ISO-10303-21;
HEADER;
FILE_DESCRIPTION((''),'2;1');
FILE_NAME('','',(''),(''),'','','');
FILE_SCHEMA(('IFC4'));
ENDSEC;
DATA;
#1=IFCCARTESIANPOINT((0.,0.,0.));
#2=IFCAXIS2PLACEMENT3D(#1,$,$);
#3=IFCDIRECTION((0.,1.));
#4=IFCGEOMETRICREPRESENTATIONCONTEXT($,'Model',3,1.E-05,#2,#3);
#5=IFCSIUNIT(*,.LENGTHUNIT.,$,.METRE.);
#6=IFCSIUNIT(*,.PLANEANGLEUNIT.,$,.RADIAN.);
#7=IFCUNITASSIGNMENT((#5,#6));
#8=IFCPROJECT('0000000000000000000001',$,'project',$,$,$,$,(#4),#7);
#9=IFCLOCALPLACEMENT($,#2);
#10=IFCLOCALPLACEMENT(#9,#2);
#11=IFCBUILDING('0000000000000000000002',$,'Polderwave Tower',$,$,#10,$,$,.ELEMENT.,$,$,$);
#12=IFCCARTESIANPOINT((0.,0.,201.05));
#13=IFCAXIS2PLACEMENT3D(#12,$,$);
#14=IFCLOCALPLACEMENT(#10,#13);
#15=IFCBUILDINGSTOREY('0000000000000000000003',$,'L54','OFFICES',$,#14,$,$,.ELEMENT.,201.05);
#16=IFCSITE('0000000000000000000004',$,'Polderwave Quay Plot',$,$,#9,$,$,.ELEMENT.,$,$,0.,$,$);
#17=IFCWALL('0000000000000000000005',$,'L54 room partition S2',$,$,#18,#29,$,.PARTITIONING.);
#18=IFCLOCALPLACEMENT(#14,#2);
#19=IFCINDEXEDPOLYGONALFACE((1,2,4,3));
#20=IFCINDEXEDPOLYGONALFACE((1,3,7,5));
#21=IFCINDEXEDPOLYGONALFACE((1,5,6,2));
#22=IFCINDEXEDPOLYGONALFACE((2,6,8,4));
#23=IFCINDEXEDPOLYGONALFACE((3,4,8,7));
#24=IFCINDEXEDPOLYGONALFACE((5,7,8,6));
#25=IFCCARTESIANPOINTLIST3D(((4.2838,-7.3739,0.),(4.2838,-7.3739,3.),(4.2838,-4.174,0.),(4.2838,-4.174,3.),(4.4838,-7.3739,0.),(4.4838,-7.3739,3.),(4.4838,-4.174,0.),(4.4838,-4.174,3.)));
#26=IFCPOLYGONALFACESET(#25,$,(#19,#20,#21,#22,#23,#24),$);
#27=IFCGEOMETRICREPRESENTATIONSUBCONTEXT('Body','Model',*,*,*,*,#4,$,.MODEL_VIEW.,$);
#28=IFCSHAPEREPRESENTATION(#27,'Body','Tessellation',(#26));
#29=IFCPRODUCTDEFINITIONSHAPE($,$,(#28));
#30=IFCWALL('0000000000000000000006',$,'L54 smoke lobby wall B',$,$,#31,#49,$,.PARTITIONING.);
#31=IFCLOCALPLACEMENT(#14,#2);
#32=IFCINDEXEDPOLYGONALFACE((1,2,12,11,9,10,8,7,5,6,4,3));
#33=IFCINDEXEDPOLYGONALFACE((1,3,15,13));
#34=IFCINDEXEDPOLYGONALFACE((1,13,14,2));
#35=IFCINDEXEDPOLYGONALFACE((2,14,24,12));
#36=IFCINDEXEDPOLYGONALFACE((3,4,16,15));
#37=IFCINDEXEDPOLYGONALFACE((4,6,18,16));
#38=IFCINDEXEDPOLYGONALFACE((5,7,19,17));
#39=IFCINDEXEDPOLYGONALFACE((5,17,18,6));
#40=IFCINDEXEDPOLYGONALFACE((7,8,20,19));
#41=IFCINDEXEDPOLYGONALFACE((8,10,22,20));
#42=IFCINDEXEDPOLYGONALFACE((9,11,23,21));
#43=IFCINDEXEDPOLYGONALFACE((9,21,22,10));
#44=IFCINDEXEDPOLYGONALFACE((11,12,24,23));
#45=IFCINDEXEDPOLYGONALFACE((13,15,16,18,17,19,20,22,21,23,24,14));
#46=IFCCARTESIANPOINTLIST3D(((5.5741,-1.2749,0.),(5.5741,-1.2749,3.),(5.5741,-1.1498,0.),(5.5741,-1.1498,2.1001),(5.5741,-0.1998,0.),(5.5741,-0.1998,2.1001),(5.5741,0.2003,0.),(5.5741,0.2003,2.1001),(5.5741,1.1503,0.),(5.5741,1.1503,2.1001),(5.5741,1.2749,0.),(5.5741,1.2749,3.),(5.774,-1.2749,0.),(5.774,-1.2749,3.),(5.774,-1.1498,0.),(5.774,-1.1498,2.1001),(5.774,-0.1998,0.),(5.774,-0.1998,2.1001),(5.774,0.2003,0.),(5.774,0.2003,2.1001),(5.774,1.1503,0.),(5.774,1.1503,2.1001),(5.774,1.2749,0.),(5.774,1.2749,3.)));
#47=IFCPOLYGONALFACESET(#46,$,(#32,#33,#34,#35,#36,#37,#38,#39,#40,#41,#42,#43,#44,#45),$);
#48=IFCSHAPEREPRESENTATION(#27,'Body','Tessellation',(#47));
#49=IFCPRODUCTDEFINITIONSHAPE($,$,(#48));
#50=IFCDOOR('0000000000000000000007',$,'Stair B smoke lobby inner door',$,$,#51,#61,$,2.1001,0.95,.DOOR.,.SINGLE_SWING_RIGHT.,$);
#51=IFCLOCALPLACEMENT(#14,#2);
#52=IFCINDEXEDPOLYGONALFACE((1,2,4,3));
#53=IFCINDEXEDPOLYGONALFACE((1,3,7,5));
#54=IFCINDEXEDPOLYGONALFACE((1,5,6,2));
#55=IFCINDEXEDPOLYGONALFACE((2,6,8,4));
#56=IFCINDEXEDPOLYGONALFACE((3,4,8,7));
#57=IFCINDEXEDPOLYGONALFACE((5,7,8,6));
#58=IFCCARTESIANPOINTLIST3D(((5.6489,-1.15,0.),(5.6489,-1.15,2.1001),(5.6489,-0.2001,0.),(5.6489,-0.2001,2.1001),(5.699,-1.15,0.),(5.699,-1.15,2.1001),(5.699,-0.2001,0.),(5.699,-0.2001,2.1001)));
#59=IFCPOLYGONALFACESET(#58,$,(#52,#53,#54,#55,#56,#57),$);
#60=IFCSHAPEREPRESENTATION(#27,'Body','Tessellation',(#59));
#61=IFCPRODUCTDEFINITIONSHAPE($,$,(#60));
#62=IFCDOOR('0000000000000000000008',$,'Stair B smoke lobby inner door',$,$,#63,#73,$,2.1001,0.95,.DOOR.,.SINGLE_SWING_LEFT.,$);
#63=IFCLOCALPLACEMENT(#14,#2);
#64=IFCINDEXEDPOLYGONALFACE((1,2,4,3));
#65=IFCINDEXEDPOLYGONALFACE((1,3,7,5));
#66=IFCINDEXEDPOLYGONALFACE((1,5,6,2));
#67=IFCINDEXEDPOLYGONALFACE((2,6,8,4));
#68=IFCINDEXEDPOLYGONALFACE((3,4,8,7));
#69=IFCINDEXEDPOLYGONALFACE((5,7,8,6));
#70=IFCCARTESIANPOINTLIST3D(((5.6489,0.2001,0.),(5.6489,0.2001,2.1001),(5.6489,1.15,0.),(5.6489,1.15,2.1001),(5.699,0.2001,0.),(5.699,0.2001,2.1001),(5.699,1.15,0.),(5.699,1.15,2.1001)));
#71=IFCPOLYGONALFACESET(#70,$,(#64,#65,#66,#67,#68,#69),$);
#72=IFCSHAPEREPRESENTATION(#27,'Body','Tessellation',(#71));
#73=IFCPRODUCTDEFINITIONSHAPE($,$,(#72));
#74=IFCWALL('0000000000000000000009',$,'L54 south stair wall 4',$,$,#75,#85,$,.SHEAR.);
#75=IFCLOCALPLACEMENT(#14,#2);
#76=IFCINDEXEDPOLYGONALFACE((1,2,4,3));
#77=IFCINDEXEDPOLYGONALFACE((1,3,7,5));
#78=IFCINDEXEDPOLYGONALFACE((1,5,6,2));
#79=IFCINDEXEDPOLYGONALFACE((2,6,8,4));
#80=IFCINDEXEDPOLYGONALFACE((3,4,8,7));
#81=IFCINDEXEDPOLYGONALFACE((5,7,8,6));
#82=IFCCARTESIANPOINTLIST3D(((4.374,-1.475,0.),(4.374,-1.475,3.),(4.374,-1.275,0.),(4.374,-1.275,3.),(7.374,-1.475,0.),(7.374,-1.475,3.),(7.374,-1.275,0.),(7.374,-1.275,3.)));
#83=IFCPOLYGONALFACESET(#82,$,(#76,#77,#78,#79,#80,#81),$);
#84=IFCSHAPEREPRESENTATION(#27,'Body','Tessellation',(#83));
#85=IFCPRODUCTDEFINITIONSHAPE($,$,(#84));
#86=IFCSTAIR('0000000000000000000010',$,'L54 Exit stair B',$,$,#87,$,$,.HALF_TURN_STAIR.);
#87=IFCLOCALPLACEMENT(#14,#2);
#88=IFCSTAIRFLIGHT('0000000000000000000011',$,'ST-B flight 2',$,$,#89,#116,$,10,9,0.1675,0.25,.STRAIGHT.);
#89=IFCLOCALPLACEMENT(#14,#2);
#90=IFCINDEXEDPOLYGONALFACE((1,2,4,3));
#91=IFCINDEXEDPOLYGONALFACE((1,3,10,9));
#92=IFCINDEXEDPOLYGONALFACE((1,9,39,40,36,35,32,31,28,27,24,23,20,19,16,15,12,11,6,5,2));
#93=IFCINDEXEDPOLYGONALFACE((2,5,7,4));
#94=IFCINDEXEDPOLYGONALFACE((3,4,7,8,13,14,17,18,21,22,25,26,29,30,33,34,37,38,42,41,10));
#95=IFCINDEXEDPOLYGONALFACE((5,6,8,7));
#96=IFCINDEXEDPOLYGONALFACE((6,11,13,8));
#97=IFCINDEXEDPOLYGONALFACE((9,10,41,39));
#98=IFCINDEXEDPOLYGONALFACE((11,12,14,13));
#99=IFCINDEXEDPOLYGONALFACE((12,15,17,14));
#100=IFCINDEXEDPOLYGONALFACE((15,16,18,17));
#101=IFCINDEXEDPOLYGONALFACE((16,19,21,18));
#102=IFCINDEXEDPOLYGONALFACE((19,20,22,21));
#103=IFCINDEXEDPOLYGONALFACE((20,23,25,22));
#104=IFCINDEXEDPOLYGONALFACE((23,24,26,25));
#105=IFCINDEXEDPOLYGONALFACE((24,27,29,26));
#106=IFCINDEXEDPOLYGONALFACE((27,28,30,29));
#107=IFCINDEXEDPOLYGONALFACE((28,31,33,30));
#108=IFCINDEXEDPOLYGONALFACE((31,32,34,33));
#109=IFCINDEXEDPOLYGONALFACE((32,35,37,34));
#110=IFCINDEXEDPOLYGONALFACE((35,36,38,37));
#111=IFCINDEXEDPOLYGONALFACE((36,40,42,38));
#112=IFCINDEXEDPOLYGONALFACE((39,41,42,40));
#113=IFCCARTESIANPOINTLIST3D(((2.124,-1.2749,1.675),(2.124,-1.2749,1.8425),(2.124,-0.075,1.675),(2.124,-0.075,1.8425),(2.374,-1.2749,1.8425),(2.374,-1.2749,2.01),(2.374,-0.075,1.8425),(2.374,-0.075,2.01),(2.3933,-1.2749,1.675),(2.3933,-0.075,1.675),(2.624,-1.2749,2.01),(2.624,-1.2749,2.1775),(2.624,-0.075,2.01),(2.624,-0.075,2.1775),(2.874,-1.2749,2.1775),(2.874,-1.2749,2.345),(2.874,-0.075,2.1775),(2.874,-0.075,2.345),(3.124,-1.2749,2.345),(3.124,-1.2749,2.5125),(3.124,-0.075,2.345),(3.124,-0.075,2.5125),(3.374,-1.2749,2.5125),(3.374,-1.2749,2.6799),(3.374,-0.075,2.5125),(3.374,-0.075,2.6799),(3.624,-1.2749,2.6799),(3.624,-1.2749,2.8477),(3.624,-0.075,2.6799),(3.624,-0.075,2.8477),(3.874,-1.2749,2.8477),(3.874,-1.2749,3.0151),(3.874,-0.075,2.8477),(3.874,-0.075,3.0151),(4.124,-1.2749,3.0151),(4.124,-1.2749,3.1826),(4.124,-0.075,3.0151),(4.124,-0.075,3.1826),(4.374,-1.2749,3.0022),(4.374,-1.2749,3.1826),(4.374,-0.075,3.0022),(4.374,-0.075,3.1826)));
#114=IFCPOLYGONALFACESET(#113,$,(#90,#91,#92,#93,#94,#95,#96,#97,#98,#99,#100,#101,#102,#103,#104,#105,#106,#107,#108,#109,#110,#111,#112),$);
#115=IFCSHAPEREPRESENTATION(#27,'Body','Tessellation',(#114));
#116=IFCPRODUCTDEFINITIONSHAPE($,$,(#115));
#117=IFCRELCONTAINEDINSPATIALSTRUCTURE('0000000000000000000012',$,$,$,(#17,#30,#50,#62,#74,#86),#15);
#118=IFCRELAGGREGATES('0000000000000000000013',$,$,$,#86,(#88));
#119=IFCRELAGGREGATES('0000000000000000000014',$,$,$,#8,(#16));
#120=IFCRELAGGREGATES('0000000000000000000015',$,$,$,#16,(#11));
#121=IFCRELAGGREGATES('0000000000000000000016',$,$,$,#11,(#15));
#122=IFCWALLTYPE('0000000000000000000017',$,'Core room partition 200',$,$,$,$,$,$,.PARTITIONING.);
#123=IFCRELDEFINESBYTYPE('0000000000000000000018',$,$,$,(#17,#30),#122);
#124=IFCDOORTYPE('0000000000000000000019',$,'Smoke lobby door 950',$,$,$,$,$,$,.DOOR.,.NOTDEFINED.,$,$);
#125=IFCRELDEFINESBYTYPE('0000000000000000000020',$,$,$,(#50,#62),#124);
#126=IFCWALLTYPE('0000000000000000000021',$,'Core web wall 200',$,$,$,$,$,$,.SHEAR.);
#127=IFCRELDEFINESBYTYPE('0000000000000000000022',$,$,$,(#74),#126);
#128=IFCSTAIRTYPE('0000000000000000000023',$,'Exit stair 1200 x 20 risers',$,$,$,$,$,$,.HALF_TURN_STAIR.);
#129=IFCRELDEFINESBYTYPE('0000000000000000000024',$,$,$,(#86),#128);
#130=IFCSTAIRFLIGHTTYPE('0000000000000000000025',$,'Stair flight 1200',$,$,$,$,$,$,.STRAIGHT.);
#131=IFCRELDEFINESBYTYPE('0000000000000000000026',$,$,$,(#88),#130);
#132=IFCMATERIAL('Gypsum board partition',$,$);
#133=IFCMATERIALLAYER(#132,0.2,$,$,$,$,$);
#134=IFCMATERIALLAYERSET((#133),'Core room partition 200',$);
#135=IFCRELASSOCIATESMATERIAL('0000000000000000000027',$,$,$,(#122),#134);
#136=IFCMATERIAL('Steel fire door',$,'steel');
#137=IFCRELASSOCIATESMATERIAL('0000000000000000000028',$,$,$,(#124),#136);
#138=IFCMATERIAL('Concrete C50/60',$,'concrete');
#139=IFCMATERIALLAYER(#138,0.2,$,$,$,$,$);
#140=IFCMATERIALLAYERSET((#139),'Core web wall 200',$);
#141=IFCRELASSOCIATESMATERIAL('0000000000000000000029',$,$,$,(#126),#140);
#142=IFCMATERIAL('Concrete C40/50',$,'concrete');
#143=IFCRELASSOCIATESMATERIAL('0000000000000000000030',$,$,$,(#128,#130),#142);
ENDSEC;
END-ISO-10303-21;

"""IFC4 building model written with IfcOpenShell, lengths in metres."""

from ifc_helpers import new_model, si_unit, direction, frame, frame_2d, origin, place, context, subcontext, project, spatial, polyline, rectangle, outline, extrude, material, layer, layer_set, type_object, element, fill, aggregate, save


model = new_model("IFC4")

# Units and contexts
model_context = context("Model", 3, precision=1e-05, world=origin(), true_north=direction((0.0, 1.0)))
body_context = subcontext(model_context, "Body", "Model", "MODEL_VIEW")
ifc_project = project(units=[si_unit("LENGTHUNIT", "METRE"), si_unit("PLANEANGLEUNIT", "RADIAN")], contexts=[model_context])

# Site, building, storey
site_placement = place(None, origin())
site = spatial("IfcSite", under=ifc_project, at=site_placement, Name="Polderwave Quay Plot", CompositionType="ELEMENT", RefElevation=0.0)
building_placement = place(site_placement, origin())
building = spatial("IfcBuilding", under=site, at=building_placement, Name="Polderwave Tower", CompositionType="ELEMENT")
storey_placement = place(building_placement, frame((0.0, 0.0, 201.05)))
storey = spatial("IfcBuildingStorey", under=building, at=storey_placement, Name="L54", Description="OFFICES", CompositionType="ELEMENT", Elevation=201.05)

# Wall
ifc_material_1 = material(Name="Gypsum board partition")
ifc_layer_1 = layer(ifc_material_1, 0.2)
ifc_layer_set_1 = layer_set([ifc_layer_1], Name="Core room partition 200")
wall_type_1 = type_object("IfcWallType", Name="Core room partition 200", PredefinedType="PARTITIONING", material=ifc_layer_set_1)
wall_1_placement = place(storey_placement, frame((4.3838, -7.374, 0.0), z_axis=(0.0, 0.0, 1.0), x_axis=(0.0, 1.0, 0.0)))
element("IfcWall", 1, at=wall_1_placement, inside=storey, type_object=wall_type_1, Name="L54 room partition S2", PredefinedType="PARTITIONING", context=body_context, shape_type="SweptSolid", body=[
    extrude(rectangle(XDim=3.2, YDim=0.2, at=frame_2d((1.6001, 0.0))), origin(), (0.0, 0.0, 1.0), 3.0),
])

# Wall, openings, doors
wall_2_placement = place(storey_placement, frame((5.6741, -1.2749, 0.0), z_axis=(0.0, 0.0, 1.0), x_axis=(0.0, 1.0, 0.0)))
wall_2 = element("IfcWall", 2, at=wall_2_placement, inside=storey, type_object=wall_type_1, Name="L54 smoke lobby wall B", PredefinedType="PARTITIONING", context=body_context, shape_type="SweptSolid", body=[
    extrude(rectangle(XDim=2.5498, YDim=0.2, at=frame_2d((1.2749, 0.0))), origin(), (0.0, 0.0, 1.0), 3.0),
])
opening_1_placement = place(wall_2_placement, frame((0.125, 0.0, 0.0)))
opening_1 = element("IfcOpeningElement", 3, at=opening_1_placement, cuts=wall_2, PredefinedType="OPENING", context=body_context, shape_type="SweptSolid", body=[
    extrude(rectangle(XDim=0.95, YDim=2.1001, at=frame_2d((0.4751, 1.05))), frame((0.0, 0.1099, 0.0), z_axis=(0.0, -1.0, 0.0), x_axis=(1.0, 0.0, 0.0)), (0.0, 0.0, 1.0), 0.22),
])
opening_2_placement = place(wall_2_placement, frame((1.4751, 0.0, 0.0)))
opening_2 = element("IfcOpeningElement", 4, at=opening_2_placement, cuts=wall_2, PredefinedType="OPENING", context=body_context, shape_type="SweptSolid", body=[
    extrude(rectangle(XDim=0.95, YDim=2.1001, at=frame_2d((0.4751, 1.05))), frame((0.0, 0.1099, 0.0), z_axis=(0.0, -1.0, 0.0), x_axis=(1.0, 0.0, 0.0)), (0.0, 0.0, 1.0), 0.22),
])
ifc_material_2 = material(Name="Steel fire door", Category="steel")
door_type = type_object("IfcDoorType", Name="Smoke lobby door 950", OperationType="NOTDEFINED", PredefinedType="DOOR", material=ifc_material_2)
door_1_placement = place(opening_1_placement, frame((0.95, 0.0, 0.0), z_axis=(0.0, 0.0, 1.0), x_axis=(-1.0, 0.0, 0.0)))
door_1 = element("IfcDoor", 5, at=door_1_placement, inside=storey, type_object=door_type, Name="Stair B smoke lobby inner door", OperationType="SINGLE_SWING_RIGHT", OverallHeight=2.1001, OverallWidth=0.95, PredefinedType="DOOR", context=body_context, shape_type="SweptSolid", body=[
    extrude(rectangle(XDim=0.95, YDim=2.1001, at=frame_2d((0.4751, 1.05))), frame((0.0, 0.0249, 0.0), z_axis=(0.0, -1.0, 0.0), x_axis=(1.0, 0.0, 0.0)), (0.0, 0.0, 1.0), 0.05),
])
fill(opening_1, door_1)
door_2_placement = place(opening_2_placement, frame((0.95, 0.0, 0.0), z_axis=(0.0, 0.0, 1.0), x_axis=(-1.0, 0.0, 0.0)))
door_2 = element("IfcDoor", 6, at=door_2_placement, inside=storey, type_object=door_type, Name="Stair B smoke lobby inner door", OperationType="SINGLE_SWING_LEFT", OverallHeight=2.1001, OverallWidth=0.95, PredefinedType="DOOR", context=body_context, shape_type="SweptSolid", body=[
    extrude(rectangle(XDim=0.95, YDim=2.1001, at=frame_2d((0.4751, 1.05))), frame((0.0, 0.0249, 0.0), z_axis=(0.0, -1.0, 0.0), x_axis=(1.0, 0.0, 0.0)), (0.0, 0.0, 1.0), 0.05),
])
fill(opening_2, door_2)

# Wall
ifc_material_3 = material(Name="Concrete C50/60", Category="concrete")
ifc_layer_2 = layer(ifc_material_3, 0.2)
ifc_layer_set_2 = layer_set([ifc_layer_2], Name="Core web wall 200")
wall_type_2 = type_object("IfcWallType", Name="Core web wall 200", PredefinedType="SHEAR", material=ifc_layer_set_2)
wall_3_placement = place(storey_placement, frame((4.374, -1.375, 0.0), z_axis=(0.0, 0.0, 1.0), x_axis=(1.0, 0.0, 0.0)))
element("IfcWall", 7, at=wall_3_placement, inside=storey, type_object=wall_type_2, Name="L54 south stair wall 4", PredefinedType="SHEAR", context=body_context, shape_type="SweptSolid", body=[
    extrude(rectangle(XDim=3.0, YDim=0.2, at=frame_2d((1.5, 0.0))), origin(), (0.0, 0.0, 1.0), 3.0),
])

# Stair, stair flight
ifc_material_4 = material(Name="Concrete C40/50", Category="concrete")
stair_type = type_object("IfcStairType", Name="Exit stair 1200 x 20 risers", PredefinedType="HALF_TURN_STAIR", material=ifc_material_4)
stair_placement = place(storey_placement, origin())
stair = element("IfcStair", 8, at=stair_placement, inside=storey, type_object=stair_type, Name="L54 Exit stair B", PredefinedType="HALF_TURN_STAIR")
stair_flight_type = type_object("IfcStairFlightType", Name="Stair flight 1200", PredefinedType="STRAIGHT", material=ifc_material_4)
stair_flight_placement = place(storey_placement, frame((2.124, -0.675, 1.675), z_axis=(0.0, 0.0, 1.0), x_axis=(1.0, 0.0, 0.0)))
stair_flight = element("IfcStairFlight", 9, at=stair_flight_placement, type_object=stair_flight_type, Name="ST-B flight 2", NumberOfRisers=10, NumberOfTreads=9, PredefinedType="STRAIGHT", RiserHeight=0.1675, TreadLength=0.25, context=body_context, shape_type="SweptSolid", body=[
    extrude(outline(polyline([(0.0, 0.0), (0.0, 0.1675), (0.25, 0.1675), (0.25, 0.335), (0.5, 0.335), (0.5, 0.5024), (0.75, 0.5024), (0.75, 0.6699), (1.0, 0.6699), (1.0, 0.8374), (1.25, 0.8374), (1.25, 1.0049), (1.5, 1.0049), (1.5, 1.1726), (1.75, 1.1726), (1.75, 1.3401), (2.0, 1.3401), (2.0, 1.5076), (2.25, 1.5076), (2.25, 1.675), (2.25, 1.3271), (0.2693, 0.0), (0.0, 0.0)])), frame((0.0, 0.6001, 0.0), z_axis=(0.0, -1.0, 0.0), x_axis=(1.0, 0.0, 0.0)), (0.0, 0.0, 1.0), 1.2),
])
aggregate(stair, [stair_flight])

save(model, "model.ifc")
